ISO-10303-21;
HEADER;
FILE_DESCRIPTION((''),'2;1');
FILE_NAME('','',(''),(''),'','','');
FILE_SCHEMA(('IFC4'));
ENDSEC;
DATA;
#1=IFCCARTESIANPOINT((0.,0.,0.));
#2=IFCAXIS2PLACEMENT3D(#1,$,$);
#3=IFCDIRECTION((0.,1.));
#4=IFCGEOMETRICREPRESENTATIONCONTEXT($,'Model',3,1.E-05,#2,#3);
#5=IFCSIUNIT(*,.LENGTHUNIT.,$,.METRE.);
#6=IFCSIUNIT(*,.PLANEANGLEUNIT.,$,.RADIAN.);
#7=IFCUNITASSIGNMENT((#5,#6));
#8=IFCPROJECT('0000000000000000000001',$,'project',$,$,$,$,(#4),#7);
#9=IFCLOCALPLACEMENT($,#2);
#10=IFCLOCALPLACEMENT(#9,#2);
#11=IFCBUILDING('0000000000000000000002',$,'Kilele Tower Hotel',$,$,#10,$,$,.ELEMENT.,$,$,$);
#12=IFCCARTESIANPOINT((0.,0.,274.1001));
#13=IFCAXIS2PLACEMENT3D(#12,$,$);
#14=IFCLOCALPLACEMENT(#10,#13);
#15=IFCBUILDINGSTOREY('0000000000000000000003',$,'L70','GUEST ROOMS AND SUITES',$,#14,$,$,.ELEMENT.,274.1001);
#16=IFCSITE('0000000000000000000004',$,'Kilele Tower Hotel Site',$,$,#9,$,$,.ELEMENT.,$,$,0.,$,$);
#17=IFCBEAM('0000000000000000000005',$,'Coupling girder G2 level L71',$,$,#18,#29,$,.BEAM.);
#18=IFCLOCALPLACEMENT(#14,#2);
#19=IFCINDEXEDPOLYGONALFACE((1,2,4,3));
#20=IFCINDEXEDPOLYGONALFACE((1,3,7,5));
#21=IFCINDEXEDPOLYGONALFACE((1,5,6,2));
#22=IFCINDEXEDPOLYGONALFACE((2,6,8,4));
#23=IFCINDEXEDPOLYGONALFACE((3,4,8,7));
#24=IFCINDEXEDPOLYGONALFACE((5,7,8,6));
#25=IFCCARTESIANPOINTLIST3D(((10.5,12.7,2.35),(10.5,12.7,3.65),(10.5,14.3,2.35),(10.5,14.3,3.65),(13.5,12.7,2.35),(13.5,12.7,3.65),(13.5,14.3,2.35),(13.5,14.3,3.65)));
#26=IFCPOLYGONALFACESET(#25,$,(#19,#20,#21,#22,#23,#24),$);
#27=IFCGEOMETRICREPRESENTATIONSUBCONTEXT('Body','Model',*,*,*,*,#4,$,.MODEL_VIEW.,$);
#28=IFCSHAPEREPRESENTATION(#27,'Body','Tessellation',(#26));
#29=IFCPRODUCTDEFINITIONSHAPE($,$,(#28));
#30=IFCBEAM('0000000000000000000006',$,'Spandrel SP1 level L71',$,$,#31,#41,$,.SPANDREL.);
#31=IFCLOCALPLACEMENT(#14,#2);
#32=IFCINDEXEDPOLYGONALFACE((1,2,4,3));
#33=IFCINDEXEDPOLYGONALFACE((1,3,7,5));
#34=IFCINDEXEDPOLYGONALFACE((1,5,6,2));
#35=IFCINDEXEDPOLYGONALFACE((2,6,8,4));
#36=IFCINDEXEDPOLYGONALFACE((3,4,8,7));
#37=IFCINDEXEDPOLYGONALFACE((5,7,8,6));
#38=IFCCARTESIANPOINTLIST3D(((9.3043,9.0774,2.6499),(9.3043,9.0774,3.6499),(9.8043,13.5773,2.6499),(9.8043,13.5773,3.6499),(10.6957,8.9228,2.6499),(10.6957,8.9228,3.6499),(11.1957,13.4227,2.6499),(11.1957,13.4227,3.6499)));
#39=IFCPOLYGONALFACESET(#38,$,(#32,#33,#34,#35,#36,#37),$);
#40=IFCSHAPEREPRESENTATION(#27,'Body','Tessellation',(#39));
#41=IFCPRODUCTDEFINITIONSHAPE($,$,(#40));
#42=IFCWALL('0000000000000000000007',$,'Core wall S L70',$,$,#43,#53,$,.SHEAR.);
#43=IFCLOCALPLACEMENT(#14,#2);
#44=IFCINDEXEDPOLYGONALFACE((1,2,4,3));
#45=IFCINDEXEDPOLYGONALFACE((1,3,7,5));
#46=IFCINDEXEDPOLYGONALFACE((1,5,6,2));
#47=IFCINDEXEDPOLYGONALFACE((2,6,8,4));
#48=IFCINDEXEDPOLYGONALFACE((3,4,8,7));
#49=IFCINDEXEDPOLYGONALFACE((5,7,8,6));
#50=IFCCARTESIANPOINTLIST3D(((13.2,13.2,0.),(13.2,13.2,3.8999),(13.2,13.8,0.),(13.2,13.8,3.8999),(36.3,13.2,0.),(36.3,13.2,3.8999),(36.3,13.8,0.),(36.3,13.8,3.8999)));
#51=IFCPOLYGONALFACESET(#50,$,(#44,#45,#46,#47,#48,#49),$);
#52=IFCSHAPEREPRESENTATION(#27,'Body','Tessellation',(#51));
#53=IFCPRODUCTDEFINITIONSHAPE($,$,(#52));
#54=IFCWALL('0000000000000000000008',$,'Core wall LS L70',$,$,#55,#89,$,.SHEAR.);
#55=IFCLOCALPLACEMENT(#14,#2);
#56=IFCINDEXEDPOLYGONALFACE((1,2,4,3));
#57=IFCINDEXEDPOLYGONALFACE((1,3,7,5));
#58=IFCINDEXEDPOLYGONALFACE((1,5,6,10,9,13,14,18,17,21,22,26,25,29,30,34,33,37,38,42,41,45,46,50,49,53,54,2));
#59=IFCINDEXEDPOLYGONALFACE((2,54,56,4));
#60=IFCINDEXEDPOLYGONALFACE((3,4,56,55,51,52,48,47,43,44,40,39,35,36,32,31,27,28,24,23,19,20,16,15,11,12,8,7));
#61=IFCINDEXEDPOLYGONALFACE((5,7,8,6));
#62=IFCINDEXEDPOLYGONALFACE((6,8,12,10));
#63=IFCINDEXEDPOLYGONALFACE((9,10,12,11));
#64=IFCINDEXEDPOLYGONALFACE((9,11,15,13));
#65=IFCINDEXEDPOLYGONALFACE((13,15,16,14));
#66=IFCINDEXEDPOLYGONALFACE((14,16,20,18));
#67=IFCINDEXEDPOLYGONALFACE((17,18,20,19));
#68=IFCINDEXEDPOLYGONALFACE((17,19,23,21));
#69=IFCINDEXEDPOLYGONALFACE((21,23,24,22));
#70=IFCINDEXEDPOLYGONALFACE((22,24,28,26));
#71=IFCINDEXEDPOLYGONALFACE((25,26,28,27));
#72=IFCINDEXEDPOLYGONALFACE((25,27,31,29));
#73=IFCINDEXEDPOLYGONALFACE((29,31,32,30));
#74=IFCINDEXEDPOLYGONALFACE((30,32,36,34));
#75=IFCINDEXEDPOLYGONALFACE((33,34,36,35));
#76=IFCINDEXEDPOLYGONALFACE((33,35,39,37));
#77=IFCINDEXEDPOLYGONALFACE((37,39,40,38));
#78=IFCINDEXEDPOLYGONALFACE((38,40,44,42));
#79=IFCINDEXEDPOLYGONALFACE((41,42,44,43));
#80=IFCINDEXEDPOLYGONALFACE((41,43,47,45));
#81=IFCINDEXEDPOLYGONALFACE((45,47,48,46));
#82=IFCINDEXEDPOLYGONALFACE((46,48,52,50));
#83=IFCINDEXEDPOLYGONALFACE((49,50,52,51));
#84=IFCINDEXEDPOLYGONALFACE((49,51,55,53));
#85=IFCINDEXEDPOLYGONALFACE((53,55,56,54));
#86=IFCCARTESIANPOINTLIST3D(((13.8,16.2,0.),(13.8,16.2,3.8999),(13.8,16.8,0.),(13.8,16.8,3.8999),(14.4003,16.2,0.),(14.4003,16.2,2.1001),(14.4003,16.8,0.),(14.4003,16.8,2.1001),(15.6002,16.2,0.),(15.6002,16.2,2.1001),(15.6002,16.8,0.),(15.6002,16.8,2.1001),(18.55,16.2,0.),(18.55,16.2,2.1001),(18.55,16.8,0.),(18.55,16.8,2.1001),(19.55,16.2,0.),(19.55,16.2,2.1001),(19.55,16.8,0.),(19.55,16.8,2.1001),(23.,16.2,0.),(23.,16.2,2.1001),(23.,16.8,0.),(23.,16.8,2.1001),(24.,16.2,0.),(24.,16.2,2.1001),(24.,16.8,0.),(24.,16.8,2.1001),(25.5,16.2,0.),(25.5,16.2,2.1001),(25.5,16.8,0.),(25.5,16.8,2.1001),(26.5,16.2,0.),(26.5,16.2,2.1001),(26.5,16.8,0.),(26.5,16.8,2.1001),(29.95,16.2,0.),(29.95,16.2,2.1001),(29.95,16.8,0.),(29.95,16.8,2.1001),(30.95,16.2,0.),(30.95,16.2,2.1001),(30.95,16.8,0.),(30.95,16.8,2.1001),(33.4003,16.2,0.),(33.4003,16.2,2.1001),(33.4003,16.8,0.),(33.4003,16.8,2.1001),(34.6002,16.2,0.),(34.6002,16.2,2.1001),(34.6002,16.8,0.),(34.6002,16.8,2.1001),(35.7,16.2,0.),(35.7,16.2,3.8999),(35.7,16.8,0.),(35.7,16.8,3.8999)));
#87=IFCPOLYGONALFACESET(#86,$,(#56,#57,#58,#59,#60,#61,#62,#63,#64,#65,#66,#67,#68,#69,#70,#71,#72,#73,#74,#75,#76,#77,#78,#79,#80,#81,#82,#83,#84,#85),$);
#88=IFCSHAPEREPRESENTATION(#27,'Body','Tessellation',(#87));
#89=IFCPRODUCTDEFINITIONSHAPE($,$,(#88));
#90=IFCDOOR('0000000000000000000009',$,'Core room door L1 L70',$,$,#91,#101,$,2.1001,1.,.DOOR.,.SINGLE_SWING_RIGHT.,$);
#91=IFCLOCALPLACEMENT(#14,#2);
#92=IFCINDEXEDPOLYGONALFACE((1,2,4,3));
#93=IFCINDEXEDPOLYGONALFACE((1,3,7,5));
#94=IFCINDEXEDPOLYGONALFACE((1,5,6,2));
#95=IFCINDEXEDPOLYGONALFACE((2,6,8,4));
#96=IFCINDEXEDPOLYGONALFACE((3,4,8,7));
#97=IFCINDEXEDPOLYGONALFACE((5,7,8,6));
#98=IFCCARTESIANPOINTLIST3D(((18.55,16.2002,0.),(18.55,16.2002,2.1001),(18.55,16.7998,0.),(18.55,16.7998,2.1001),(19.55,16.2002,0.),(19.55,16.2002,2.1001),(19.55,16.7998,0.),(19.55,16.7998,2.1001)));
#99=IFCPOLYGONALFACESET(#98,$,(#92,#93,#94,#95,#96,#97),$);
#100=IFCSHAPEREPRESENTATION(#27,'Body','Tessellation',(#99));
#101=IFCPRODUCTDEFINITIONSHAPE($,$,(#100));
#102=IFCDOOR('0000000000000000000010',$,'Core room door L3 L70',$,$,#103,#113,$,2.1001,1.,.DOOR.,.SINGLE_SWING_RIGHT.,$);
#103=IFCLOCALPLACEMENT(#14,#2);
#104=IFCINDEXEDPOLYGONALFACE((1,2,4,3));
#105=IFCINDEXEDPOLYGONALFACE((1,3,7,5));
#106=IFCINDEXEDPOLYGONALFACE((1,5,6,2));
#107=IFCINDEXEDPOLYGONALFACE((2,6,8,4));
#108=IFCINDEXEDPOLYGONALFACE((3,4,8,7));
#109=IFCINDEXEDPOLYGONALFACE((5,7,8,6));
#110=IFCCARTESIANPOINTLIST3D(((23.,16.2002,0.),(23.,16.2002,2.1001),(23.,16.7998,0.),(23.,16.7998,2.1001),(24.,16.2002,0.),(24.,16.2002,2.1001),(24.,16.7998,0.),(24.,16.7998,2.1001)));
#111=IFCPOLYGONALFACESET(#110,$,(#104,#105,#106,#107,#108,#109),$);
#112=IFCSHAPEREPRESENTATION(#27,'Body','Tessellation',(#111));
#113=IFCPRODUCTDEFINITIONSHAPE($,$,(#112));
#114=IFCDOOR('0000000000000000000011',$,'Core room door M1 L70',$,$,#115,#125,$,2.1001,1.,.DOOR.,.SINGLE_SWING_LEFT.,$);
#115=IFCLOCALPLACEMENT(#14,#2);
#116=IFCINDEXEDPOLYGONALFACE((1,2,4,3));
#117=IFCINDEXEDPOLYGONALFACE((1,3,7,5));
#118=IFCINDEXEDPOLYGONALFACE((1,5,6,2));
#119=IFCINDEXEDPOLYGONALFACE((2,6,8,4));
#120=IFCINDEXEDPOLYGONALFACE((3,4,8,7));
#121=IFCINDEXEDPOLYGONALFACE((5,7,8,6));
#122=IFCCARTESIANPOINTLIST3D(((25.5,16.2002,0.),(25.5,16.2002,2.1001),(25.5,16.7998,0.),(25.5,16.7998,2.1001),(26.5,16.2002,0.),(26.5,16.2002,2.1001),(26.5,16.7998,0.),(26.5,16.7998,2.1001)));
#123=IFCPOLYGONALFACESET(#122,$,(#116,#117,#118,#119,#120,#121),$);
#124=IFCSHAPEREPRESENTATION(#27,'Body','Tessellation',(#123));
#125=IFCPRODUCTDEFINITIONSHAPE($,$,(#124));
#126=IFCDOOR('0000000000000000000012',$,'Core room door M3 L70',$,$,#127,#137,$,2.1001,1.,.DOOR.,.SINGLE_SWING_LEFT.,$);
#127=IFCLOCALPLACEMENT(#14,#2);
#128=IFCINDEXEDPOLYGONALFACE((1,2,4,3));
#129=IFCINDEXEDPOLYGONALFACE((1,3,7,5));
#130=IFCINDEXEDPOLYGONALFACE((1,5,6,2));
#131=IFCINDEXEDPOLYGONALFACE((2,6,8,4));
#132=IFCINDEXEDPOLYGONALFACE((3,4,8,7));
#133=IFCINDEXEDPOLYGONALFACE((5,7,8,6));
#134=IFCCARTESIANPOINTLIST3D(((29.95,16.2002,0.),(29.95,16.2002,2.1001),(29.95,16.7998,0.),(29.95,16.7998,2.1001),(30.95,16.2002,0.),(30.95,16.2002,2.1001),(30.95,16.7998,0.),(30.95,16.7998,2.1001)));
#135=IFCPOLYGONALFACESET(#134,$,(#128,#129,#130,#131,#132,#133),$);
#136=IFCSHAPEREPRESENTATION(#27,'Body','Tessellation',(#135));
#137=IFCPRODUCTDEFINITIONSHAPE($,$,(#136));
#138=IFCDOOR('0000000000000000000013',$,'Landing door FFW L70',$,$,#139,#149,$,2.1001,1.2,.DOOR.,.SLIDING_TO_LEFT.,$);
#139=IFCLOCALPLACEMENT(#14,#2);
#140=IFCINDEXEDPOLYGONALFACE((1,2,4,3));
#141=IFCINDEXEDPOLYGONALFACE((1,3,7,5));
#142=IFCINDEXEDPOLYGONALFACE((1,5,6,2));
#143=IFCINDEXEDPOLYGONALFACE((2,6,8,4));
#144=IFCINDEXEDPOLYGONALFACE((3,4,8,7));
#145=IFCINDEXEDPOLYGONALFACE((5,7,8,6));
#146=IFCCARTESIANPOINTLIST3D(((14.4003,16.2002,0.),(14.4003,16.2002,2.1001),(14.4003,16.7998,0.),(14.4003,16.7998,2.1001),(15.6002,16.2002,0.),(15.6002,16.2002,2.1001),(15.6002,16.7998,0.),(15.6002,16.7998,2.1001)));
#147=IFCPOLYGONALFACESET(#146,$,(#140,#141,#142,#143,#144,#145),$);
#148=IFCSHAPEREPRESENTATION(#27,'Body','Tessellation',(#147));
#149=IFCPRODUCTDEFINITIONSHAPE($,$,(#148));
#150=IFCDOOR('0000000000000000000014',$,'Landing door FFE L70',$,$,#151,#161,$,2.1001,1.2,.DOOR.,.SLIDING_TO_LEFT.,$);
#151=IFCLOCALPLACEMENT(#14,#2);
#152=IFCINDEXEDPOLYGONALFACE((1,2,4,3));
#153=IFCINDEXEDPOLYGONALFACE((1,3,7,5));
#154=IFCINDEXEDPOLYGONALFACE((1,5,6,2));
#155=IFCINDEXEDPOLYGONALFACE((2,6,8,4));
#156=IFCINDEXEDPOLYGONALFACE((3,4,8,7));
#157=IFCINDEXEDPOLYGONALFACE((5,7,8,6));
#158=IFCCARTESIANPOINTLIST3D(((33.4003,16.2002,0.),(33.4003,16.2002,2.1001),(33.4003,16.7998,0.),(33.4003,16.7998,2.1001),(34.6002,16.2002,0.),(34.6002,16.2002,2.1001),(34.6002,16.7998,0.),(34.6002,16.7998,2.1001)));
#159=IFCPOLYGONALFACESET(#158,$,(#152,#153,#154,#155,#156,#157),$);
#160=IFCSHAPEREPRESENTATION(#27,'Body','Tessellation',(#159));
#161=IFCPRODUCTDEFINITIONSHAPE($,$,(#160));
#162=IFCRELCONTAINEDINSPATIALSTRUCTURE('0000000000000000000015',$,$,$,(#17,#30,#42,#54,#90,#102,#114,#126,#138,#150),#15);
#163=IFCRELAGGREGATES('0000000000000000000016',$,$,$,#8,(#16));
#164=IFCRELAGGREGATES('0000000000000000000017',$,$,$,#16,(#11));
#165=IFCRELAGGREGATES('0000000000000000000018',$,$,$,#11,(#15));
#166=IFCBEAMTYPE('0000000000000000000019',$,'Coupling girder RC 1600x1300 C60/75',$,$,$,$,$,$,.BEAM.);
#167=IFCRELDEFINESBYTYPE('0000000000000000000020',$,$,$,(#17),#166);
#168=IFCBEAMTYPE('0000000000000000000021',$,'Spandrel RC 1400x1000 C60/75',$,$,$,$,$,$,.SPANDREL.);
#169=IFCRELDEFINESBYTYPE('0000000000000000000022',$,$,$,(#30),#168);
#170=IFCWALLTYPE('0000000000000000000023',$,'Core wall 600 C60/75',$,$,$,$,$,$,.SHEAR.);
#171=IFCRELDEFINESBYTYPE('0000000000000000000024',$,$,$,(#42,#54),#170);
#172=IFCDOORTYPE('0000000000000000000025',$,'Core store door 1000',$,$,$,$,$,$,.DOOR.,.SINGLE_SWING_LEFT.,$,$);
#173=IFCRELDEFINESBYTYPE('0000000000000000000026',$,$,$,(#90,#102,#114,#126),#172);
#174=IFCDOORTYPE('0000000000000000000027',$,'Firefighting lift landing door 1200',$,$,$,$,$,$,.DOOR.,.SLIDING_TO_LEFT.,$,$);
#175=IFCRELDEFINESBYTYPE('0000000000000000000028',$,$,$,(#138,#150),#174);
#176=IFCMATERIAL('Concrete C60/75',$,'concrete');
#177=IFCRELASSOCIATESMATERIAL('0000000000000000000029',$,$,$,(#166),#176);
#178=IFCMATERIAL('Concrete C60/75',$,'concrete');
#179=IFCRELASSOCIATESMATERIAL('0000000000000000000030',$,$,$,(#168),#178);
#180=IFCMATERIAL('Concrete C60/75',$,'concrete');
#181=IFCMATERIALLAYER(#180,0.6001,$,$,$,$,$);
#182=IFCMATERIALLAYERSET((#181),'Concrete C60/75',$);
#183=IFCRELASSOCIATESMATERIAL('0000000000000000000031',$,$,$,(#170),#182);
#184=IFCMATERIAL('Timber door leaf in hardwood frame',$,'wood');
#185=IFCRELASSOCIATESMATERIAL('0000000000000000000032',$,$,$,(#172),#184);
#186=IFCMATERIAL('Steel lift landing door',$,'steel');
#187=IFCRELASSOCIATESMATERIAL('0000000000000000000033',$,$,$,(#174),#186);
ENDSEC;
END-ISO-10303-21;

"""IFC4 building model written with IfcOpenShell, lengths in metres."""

from ifc_helpers import new_model, si_unit, direction, frame, frame_2d, origin, origin_2d, place, context, subcontext, project, spatial, rectangle, extrude, material, layer, layer_set, material_profile, profile_set, type_object, element, fill, save


model = new_model("IFC4")

# Units and contexts
model_context = context("Model", 3, precision=1e-05, world=origin(), true_north=direction((0.0, 1.0)))
body_context = subcontext(model_context, "Body", "Model", "MODEL_VIEW")
ifc_project = project(units=[si_unit("LENGTHUNIT", "METRE"), si_unit("PLANEANGLEUNIT", "RADIAN")], contexts=[model_context])

# Site, building, storey
site_placement = place(None, origin())
site = spatial("IfcSite", under=ifc_project, at=site_placement, Name="Kilele Tower Hotel Site", CompositionType="ELEMENT", RefElevation=0.0)
building_placement = place(site_placement, origin())
building = spatial("IfcBuilding", under=site, at=building_placement, Name="Kilele Tower Hotel", CompositionType="ELEMENT")
storey_placement = place(building_placement, frame((0.0, 0.0, 274.1001)))
storey = spatial("IfcBuildingStorey", under=building, at=storey_placement, Name="L70", Description="GUEST ROOMS AND SUITES", CompositionType="ELEMENT", Elevation=274.1001)

# Beams
ifc_material_1 = material(Name="Concrete C60/75", Category="concrete")
ifc_material_profile_1 = material_profile(ifc_material_1, rectangle(XDim=1.6001, YDim=1.3, at=origin_2d()))
ifc_profile_set_1 = profile_set([ifc_material_profile_1], Name="Concrete C60/75")
beam_type_1 = type_object("IfcBeamType", Name="Coupling girder RC 1600x1300 C60/75", PredefinedType="BEAM", material=ifc_profile_set_1)
beam_1_placement = place(storey_placement, frame((10.5, 13.5, 3.0), z_axis=(1.0, 0.0, 0.0), x_axis=(0.0, 1.0, 0.0)))
element("IfcBeam", 1, at=beam_1_placement, inside=storey, type_object=beam_type_1, Name="Coupling girder G2 level L71", PredefinedType="BEAM", context=body_context, shape_type="SweptSolid", body=[
    extrude(rectangle(XDim=1.6001, YDim=1.3, at=origin_2d()), origin(), (0.0, 0.0, 1.0), 3.0),
])
ifc_material_2 = material(Name="Concrete C60/75", Category="concrete")
ifc_material_profile_2 = material_profile(ifc_material_2, rectangle(XDim=1.3999, YDim=1.0, at=origin_2d()))
ifc_profile_set_2 = profile_set([ifc_material_profile_2], Name="Concrete C60/75")
beam_type_2 = type_object("IfcBeamType", Name="Spandrel RC 1400x1000 C60/75", PredefinedType="SPANDREL", material=ifc_profile_set_2)
beam_2_placement = place(storey_placement, frame((10.5, 13.5, 3.1499), z_axis=(-0.110432, -0.993884, 0.0), x_axis=(0.993884, -0.110432, 0.0)))
element("IfcBeam", 2, at=beam_2_placement, inside=storey, type_object=beam_type_2, Name="Spandrel SP1 level L71", PredefinedType="SPANDREL", context=body_context, shape_type="SweptSolid", body=[
    extrude(rectangle(XDim=1.3999, YDim=1.0, at=origin_2d()), origin(), (0.0, 0.0, 1.0), 4.5276),
])

# Wall
ifc_material_3 = material(Name="Concrete C60/75", Category="concrete")
ifc_layer = layer(ifc_material_3, 0.6001)
ifc_layer_set = layer_set([ifc_layer], Name="Concrete C60/75")
wall_type = type_object("IfcWallType", Name="Core wall 600 C60/75", PredefinedType="SHEAR", material=ifc_layer_set)
wall_1_placement = place(storey_placement, frame((13.2, 13.5, 0.0), z_axis=(0.0, 0.0, 1.0), x_axis=(1.0, 0.0, 0.0)))
element("IfcWall", 3, at=wall_1_placement, inside=storey, type_object=wall_type, Name="Core wall S L70", PredefinedType="SHEAR", context=body_context, shape_type="SweptSolid", body=[
    extrude(rectangle(XDim=23.1001, YDim=0.6001, at=frame_2d((11.55, 0.0))), origin(), (0.0, 0.0, 1.0), 3.8999),
])

# Wall, openings, doors
wall_2_placement = place(storey_placement, frame((13.8, 16.5, 0.0), z_axis=(0.0, 0.0, 1.0), x_axis=(1.0, 0.0, 0.0)))
wall_2 = element("IfcWall", 4, at=wall_2_placement, inside=storey, type_object=wall_type, Name="Core wall LS L70", PredefinedType="SHEAR", context=body_context, shape_type="SweptSolid", body=[
    extrude(rectangle(XDim=21.8999, YDim=0.6001, at=frame_2d((10.95, 0.0))), origin(), (0.0, 0.0, 1.0), 3.8999),
])
opening_1_placement = place(wall_2_placement, frame((5.75, 0.0, 0.0), z_axis=(0.0, 0.0, 1.0), x_axis=(-1.0, 0.0, 0.0)))
opening_1 = element("IfcOpeningElement", 5, at=opening_1_placement, cuts=wall_2, PredefinedType="OPENING", context=body_context, shape_type="SweptSolid", body=[
    extrude(rectangle(XDim=1.0, YDim=2.1001, at=frame_2d((0.5, 1.05))), frame((0.0, 0.3101, 0.0), z_axis=(0.0, -1.0, 0.0), x_axis=(1.0, 0.0, 0.0)), (0.0, 0.0, 1.0), 0.6201),
])
opening_2_placement = place(wall_2_placement, frame((10.2, 0.0, 0.0), z_axis=(0.0, 0.0, 1.0), x_axis=(-1.0, 0.0, 0.0)))
opening_2 = element("IfcOpeningElement", 6, at=opening_2_placement, cuts=wall_2, PredefinedType="OPENING", context=body_context, shape_type="SweptSolid", body=[
    extrude(rectangle(XDim=1.0, YDim=2.1001, at=frame_2d((0.5, 1.05))), frame((0.0, 0.3101, 0.0), z_axis=(0.0, -1.0, 0.0), x_axis=(1.0, 0.0, 0.0)), (0.0, 0.0, 1.0), 0.6201),
])
opening_3_placement = place(wall_2_placement, frame((12.7, 0.0, 0.0), z_axis=(0.0, 0.0, 1.0), x_axis=(-1.0, 0.0, 0.0)))
opening_3 = element("IfcOpeningElement", 7, at=opening_3_placement, cuts=wall_2, PredefinedType="OPENING", context=body_context, shape_type="SweptSolid", body=[
    extrude(rectangle(XDim=1.0, YDim=2.1001, at=frame_2d((0.5, 1.05))), frame((0.0, 0.3101, 0.0), z_axis=(0.0, -1.0, 0.0), x_axis=(1.0, 0.0, 0.0)), (0.0, 0.0, 1.0), 0.6201),
])
opening_4_placement = place(wall_2_placement, frame((17.1499, 0.0, 0.0), z_axis=(0.0, 0.0, 1.0), x_axis=(-1.0, 0.0, 0.0)))
opening_4 = element("IfcOpeningElement", 8, at=opening_4_placement, cuts=wall_2, PredefinedType="OPENING", context=body_context, shape_type="SweptSolid", body=[
    extrude(rectangle(XDim=1.0, YDim=2.1001, at=frame_2d((0.5, 1.05))), frame((0.0, 0.3101, 0.0), z_axis=(0.0, -1.0, 0.0), x_axis=(1.0, 0.0, 0.0)), (0.0, 0.0, 1.0), 0.6201),
])
opening_5_placement = place(wall_2_placement, frame((0.6001, 0.0, 0.0)))
opening_5 = element("IfcOpeningElement", 9, at=opening_5_placement, cuts=wall_2, PredefinedType="OPENING", context=body_context, shape_type="SweptSolid", body=[
    extrude(rectangle(XDim=1.2, YDim=2.1001, at=frame_2d((0.6001, 1.05))), frame((0.0, 0.3101, 0.0), z_axis=(0.0, -1.0, 0.0), x_axis=(1.0, 0.0, 0.0)), (0.0, 0.0, 1.0), 0.6201),
])
opening_6_placement = place(wall_2_placement, frame((19.6001, 0.0, 0.0)))
opening_6 = element("IfcOpeningElement", 10, at=opening_6_placement, cuts=wall_2, PredefinedType="OPENING", context=body_context, shape_type="SweptSolid", body=[
    extrude(rectangle(XDim=1.2, YDim=2.1001, at=frame_2d((0.6001, 1.05))), frame((0.0, 0.3101, 0.0), z_axis=(0.0, -1.0, 0.0), x_axis=(1.0, 0.0, 0.0)), (0.0, 0.0, 1.0), 0.6201),
])
ifc_material_4 = material(Name="Timber door leaf in hardwood frame", Category="wood")
door_type_1 = type_object("IfcDoorType", Name="Core store door 1000", OperationType="SINGLE_SWING_LEFT", PredefinedType="DOOR", material=ifc_material_4)
door_1_placement = place(opening_1_placement, origin())
door_1 = element("IfcDoor", 11, at=door_1_placement, inside=storey, type_object=door_type_1, Name="Core room door L1 L70", OperationType="SINGLE_SWING_RIGHT", OverallHeight=2.1001, OverallWidth=1.0, PredefinedType="DOOR", context=body_context, shape_type="SweptSolid", body=[
    extrude(rectangle(XDim=1.0, YDim=2.1001, at=frame_2d((0.5, 1.05))), frame((0.0, 0.2998, 0.0), z_axis=(0.0, -1.0, 0.0), x_axis=(1.0, 0.0, 0.0)), (0.0, 0.0, 1.0), 0.5996),
])
fill(opening_1, door_1)
door_2_placement = place(opening_2_placement, origin())
door_2 = element("IfcDoor", 12, at=door_2_placement, inside=storey, type_object=door_type_1, Name="Core room door L3 L70", OperationType="SINGLE_SWING_RIGHT", OverallHeight=2.1001, OverallWidth=1.0, PredefinedType="DOOR", context=body_context, shape_type="SweptSolid", body=[
    extrude(rectangle(XDim=1.0, YDim=2.1001, at=frame_2d((0.5, 1.05))), frame((0.0, 0.2998, 0.0), z_axis=(0.0, -1.0, 0.0), x_axis=(1.0, 0.0, 0.0)), (0.0, 0.0, 1.0), 0.5996),
])
fill(opening_2, door_2)
door_3_placement = place(opening_3_placement, origin())
door_3 = element("IfcDoor", 13, at=door_3_placement, inside=storey, type_object=door_type_1, Name="Core room door M1 L70", OperationType="SINGLE_SWING_LEFT", OverallHeight=2.1001, OverallWidth=1.0, PredefinedType="DOOR", context=body_context, shape_type="SweptSolid", body=[
    extrude(rectangle(XDim=1.0, YDim=2.1001, at=frame_2d((0.5, 1.05))), frame((0.0, 0.2998, 0.0), z_axis=(0.0, -1.0, 0.0), x_axis=(1.0, 0.0, 0.0)), (0.0, 0.0, 1.0), 0.5996),
])
fill(opening_3, door_3)
door_4_placement = place(opening_4_placement, origin())
door_4 = element("IfcDoor", 14, at=door_4_placement, inside=storey, type_object=door_type_1, Name="Core room door M3 L70", OperationType="SINGLE_SWING_LEFT", OverallHeight=2.1001, OverallWidth=1.0, PredefinedType="DOOR", context=body_context, shape_type="SweptSolid", body=[
    extrude(rectangle(XDim=1.0, YDim=2.1001, at=frame_2d((0.5, 1.05))), frame((0.0, 0.2998, 0.0), z_axis=(0.0, -1.0, 0.0), x_axis=(1.0, 0.0, 0.0)), (0.0, 0.0, 1.0), 0.5996),
])
fill(opening_4, door_4)
ifc_material_5 = material(Name="Steel lift landing door", Category="steel")
door_type_2 = type_object("IfcDoorType", Name="Firefighting lift landing door 1200", OperationType="SLIDING_TO_LEFT", PredefinedType="DOOR", material=ifc_material_5)
door_5_placement = place(opening_5_placement, origin())
door_5 = element("IfcDoor", 15, at=door_5_placement, inside=storey, type_object=door_type_2, Name="Landing door FFW L70", OperationType="SLIDING_TO_LEFT", OverallHeight=2.1001, OverallWidth=1.2, PredefinedType="DOOR", context=body_context, shape_type="SweptSolid", body=[
    extrude(rectangle(XDim=1.2, YDim=2.1001, at=frame_2d((0.6001, 1.05))), frame((0.0, 0.2998, 0.0), z_axis=(0.0, -1.0, 0.0), x_axis=(1.0, 0.0, 0.0)), (0.0, 0.0, 1.0), 0.5996),
])
fill(opening_5, door_5)
door_6_placement = place(opening_6_placement, origin())
door_6 = element("IfcDoor", 16, at=door_6_placement, inside=storey, type_object=door_type_2, Name="Landing door FFE L70", OperationType="SLIDING_TO_LEFT", OverallHeight=2.1001, OverallWidth=1.2, PredefinedType="DOOR", context=body_context, shape_type="SweptSolid", body=[
    extrude(rectangle(XDim=1.2, YDim=2.1001, at=frame_2d((0.6001, 1.05))), frame((0.0, 0.2998, 0.0), z_axis=(0.0, -1.0, 0.0), x_axis=(1.0, 0.0, 0.0)), (0.0, 0.0, 1.0), 0.5996),
])
fill(opening_6, door_6)

save(model, "model.ifc")
